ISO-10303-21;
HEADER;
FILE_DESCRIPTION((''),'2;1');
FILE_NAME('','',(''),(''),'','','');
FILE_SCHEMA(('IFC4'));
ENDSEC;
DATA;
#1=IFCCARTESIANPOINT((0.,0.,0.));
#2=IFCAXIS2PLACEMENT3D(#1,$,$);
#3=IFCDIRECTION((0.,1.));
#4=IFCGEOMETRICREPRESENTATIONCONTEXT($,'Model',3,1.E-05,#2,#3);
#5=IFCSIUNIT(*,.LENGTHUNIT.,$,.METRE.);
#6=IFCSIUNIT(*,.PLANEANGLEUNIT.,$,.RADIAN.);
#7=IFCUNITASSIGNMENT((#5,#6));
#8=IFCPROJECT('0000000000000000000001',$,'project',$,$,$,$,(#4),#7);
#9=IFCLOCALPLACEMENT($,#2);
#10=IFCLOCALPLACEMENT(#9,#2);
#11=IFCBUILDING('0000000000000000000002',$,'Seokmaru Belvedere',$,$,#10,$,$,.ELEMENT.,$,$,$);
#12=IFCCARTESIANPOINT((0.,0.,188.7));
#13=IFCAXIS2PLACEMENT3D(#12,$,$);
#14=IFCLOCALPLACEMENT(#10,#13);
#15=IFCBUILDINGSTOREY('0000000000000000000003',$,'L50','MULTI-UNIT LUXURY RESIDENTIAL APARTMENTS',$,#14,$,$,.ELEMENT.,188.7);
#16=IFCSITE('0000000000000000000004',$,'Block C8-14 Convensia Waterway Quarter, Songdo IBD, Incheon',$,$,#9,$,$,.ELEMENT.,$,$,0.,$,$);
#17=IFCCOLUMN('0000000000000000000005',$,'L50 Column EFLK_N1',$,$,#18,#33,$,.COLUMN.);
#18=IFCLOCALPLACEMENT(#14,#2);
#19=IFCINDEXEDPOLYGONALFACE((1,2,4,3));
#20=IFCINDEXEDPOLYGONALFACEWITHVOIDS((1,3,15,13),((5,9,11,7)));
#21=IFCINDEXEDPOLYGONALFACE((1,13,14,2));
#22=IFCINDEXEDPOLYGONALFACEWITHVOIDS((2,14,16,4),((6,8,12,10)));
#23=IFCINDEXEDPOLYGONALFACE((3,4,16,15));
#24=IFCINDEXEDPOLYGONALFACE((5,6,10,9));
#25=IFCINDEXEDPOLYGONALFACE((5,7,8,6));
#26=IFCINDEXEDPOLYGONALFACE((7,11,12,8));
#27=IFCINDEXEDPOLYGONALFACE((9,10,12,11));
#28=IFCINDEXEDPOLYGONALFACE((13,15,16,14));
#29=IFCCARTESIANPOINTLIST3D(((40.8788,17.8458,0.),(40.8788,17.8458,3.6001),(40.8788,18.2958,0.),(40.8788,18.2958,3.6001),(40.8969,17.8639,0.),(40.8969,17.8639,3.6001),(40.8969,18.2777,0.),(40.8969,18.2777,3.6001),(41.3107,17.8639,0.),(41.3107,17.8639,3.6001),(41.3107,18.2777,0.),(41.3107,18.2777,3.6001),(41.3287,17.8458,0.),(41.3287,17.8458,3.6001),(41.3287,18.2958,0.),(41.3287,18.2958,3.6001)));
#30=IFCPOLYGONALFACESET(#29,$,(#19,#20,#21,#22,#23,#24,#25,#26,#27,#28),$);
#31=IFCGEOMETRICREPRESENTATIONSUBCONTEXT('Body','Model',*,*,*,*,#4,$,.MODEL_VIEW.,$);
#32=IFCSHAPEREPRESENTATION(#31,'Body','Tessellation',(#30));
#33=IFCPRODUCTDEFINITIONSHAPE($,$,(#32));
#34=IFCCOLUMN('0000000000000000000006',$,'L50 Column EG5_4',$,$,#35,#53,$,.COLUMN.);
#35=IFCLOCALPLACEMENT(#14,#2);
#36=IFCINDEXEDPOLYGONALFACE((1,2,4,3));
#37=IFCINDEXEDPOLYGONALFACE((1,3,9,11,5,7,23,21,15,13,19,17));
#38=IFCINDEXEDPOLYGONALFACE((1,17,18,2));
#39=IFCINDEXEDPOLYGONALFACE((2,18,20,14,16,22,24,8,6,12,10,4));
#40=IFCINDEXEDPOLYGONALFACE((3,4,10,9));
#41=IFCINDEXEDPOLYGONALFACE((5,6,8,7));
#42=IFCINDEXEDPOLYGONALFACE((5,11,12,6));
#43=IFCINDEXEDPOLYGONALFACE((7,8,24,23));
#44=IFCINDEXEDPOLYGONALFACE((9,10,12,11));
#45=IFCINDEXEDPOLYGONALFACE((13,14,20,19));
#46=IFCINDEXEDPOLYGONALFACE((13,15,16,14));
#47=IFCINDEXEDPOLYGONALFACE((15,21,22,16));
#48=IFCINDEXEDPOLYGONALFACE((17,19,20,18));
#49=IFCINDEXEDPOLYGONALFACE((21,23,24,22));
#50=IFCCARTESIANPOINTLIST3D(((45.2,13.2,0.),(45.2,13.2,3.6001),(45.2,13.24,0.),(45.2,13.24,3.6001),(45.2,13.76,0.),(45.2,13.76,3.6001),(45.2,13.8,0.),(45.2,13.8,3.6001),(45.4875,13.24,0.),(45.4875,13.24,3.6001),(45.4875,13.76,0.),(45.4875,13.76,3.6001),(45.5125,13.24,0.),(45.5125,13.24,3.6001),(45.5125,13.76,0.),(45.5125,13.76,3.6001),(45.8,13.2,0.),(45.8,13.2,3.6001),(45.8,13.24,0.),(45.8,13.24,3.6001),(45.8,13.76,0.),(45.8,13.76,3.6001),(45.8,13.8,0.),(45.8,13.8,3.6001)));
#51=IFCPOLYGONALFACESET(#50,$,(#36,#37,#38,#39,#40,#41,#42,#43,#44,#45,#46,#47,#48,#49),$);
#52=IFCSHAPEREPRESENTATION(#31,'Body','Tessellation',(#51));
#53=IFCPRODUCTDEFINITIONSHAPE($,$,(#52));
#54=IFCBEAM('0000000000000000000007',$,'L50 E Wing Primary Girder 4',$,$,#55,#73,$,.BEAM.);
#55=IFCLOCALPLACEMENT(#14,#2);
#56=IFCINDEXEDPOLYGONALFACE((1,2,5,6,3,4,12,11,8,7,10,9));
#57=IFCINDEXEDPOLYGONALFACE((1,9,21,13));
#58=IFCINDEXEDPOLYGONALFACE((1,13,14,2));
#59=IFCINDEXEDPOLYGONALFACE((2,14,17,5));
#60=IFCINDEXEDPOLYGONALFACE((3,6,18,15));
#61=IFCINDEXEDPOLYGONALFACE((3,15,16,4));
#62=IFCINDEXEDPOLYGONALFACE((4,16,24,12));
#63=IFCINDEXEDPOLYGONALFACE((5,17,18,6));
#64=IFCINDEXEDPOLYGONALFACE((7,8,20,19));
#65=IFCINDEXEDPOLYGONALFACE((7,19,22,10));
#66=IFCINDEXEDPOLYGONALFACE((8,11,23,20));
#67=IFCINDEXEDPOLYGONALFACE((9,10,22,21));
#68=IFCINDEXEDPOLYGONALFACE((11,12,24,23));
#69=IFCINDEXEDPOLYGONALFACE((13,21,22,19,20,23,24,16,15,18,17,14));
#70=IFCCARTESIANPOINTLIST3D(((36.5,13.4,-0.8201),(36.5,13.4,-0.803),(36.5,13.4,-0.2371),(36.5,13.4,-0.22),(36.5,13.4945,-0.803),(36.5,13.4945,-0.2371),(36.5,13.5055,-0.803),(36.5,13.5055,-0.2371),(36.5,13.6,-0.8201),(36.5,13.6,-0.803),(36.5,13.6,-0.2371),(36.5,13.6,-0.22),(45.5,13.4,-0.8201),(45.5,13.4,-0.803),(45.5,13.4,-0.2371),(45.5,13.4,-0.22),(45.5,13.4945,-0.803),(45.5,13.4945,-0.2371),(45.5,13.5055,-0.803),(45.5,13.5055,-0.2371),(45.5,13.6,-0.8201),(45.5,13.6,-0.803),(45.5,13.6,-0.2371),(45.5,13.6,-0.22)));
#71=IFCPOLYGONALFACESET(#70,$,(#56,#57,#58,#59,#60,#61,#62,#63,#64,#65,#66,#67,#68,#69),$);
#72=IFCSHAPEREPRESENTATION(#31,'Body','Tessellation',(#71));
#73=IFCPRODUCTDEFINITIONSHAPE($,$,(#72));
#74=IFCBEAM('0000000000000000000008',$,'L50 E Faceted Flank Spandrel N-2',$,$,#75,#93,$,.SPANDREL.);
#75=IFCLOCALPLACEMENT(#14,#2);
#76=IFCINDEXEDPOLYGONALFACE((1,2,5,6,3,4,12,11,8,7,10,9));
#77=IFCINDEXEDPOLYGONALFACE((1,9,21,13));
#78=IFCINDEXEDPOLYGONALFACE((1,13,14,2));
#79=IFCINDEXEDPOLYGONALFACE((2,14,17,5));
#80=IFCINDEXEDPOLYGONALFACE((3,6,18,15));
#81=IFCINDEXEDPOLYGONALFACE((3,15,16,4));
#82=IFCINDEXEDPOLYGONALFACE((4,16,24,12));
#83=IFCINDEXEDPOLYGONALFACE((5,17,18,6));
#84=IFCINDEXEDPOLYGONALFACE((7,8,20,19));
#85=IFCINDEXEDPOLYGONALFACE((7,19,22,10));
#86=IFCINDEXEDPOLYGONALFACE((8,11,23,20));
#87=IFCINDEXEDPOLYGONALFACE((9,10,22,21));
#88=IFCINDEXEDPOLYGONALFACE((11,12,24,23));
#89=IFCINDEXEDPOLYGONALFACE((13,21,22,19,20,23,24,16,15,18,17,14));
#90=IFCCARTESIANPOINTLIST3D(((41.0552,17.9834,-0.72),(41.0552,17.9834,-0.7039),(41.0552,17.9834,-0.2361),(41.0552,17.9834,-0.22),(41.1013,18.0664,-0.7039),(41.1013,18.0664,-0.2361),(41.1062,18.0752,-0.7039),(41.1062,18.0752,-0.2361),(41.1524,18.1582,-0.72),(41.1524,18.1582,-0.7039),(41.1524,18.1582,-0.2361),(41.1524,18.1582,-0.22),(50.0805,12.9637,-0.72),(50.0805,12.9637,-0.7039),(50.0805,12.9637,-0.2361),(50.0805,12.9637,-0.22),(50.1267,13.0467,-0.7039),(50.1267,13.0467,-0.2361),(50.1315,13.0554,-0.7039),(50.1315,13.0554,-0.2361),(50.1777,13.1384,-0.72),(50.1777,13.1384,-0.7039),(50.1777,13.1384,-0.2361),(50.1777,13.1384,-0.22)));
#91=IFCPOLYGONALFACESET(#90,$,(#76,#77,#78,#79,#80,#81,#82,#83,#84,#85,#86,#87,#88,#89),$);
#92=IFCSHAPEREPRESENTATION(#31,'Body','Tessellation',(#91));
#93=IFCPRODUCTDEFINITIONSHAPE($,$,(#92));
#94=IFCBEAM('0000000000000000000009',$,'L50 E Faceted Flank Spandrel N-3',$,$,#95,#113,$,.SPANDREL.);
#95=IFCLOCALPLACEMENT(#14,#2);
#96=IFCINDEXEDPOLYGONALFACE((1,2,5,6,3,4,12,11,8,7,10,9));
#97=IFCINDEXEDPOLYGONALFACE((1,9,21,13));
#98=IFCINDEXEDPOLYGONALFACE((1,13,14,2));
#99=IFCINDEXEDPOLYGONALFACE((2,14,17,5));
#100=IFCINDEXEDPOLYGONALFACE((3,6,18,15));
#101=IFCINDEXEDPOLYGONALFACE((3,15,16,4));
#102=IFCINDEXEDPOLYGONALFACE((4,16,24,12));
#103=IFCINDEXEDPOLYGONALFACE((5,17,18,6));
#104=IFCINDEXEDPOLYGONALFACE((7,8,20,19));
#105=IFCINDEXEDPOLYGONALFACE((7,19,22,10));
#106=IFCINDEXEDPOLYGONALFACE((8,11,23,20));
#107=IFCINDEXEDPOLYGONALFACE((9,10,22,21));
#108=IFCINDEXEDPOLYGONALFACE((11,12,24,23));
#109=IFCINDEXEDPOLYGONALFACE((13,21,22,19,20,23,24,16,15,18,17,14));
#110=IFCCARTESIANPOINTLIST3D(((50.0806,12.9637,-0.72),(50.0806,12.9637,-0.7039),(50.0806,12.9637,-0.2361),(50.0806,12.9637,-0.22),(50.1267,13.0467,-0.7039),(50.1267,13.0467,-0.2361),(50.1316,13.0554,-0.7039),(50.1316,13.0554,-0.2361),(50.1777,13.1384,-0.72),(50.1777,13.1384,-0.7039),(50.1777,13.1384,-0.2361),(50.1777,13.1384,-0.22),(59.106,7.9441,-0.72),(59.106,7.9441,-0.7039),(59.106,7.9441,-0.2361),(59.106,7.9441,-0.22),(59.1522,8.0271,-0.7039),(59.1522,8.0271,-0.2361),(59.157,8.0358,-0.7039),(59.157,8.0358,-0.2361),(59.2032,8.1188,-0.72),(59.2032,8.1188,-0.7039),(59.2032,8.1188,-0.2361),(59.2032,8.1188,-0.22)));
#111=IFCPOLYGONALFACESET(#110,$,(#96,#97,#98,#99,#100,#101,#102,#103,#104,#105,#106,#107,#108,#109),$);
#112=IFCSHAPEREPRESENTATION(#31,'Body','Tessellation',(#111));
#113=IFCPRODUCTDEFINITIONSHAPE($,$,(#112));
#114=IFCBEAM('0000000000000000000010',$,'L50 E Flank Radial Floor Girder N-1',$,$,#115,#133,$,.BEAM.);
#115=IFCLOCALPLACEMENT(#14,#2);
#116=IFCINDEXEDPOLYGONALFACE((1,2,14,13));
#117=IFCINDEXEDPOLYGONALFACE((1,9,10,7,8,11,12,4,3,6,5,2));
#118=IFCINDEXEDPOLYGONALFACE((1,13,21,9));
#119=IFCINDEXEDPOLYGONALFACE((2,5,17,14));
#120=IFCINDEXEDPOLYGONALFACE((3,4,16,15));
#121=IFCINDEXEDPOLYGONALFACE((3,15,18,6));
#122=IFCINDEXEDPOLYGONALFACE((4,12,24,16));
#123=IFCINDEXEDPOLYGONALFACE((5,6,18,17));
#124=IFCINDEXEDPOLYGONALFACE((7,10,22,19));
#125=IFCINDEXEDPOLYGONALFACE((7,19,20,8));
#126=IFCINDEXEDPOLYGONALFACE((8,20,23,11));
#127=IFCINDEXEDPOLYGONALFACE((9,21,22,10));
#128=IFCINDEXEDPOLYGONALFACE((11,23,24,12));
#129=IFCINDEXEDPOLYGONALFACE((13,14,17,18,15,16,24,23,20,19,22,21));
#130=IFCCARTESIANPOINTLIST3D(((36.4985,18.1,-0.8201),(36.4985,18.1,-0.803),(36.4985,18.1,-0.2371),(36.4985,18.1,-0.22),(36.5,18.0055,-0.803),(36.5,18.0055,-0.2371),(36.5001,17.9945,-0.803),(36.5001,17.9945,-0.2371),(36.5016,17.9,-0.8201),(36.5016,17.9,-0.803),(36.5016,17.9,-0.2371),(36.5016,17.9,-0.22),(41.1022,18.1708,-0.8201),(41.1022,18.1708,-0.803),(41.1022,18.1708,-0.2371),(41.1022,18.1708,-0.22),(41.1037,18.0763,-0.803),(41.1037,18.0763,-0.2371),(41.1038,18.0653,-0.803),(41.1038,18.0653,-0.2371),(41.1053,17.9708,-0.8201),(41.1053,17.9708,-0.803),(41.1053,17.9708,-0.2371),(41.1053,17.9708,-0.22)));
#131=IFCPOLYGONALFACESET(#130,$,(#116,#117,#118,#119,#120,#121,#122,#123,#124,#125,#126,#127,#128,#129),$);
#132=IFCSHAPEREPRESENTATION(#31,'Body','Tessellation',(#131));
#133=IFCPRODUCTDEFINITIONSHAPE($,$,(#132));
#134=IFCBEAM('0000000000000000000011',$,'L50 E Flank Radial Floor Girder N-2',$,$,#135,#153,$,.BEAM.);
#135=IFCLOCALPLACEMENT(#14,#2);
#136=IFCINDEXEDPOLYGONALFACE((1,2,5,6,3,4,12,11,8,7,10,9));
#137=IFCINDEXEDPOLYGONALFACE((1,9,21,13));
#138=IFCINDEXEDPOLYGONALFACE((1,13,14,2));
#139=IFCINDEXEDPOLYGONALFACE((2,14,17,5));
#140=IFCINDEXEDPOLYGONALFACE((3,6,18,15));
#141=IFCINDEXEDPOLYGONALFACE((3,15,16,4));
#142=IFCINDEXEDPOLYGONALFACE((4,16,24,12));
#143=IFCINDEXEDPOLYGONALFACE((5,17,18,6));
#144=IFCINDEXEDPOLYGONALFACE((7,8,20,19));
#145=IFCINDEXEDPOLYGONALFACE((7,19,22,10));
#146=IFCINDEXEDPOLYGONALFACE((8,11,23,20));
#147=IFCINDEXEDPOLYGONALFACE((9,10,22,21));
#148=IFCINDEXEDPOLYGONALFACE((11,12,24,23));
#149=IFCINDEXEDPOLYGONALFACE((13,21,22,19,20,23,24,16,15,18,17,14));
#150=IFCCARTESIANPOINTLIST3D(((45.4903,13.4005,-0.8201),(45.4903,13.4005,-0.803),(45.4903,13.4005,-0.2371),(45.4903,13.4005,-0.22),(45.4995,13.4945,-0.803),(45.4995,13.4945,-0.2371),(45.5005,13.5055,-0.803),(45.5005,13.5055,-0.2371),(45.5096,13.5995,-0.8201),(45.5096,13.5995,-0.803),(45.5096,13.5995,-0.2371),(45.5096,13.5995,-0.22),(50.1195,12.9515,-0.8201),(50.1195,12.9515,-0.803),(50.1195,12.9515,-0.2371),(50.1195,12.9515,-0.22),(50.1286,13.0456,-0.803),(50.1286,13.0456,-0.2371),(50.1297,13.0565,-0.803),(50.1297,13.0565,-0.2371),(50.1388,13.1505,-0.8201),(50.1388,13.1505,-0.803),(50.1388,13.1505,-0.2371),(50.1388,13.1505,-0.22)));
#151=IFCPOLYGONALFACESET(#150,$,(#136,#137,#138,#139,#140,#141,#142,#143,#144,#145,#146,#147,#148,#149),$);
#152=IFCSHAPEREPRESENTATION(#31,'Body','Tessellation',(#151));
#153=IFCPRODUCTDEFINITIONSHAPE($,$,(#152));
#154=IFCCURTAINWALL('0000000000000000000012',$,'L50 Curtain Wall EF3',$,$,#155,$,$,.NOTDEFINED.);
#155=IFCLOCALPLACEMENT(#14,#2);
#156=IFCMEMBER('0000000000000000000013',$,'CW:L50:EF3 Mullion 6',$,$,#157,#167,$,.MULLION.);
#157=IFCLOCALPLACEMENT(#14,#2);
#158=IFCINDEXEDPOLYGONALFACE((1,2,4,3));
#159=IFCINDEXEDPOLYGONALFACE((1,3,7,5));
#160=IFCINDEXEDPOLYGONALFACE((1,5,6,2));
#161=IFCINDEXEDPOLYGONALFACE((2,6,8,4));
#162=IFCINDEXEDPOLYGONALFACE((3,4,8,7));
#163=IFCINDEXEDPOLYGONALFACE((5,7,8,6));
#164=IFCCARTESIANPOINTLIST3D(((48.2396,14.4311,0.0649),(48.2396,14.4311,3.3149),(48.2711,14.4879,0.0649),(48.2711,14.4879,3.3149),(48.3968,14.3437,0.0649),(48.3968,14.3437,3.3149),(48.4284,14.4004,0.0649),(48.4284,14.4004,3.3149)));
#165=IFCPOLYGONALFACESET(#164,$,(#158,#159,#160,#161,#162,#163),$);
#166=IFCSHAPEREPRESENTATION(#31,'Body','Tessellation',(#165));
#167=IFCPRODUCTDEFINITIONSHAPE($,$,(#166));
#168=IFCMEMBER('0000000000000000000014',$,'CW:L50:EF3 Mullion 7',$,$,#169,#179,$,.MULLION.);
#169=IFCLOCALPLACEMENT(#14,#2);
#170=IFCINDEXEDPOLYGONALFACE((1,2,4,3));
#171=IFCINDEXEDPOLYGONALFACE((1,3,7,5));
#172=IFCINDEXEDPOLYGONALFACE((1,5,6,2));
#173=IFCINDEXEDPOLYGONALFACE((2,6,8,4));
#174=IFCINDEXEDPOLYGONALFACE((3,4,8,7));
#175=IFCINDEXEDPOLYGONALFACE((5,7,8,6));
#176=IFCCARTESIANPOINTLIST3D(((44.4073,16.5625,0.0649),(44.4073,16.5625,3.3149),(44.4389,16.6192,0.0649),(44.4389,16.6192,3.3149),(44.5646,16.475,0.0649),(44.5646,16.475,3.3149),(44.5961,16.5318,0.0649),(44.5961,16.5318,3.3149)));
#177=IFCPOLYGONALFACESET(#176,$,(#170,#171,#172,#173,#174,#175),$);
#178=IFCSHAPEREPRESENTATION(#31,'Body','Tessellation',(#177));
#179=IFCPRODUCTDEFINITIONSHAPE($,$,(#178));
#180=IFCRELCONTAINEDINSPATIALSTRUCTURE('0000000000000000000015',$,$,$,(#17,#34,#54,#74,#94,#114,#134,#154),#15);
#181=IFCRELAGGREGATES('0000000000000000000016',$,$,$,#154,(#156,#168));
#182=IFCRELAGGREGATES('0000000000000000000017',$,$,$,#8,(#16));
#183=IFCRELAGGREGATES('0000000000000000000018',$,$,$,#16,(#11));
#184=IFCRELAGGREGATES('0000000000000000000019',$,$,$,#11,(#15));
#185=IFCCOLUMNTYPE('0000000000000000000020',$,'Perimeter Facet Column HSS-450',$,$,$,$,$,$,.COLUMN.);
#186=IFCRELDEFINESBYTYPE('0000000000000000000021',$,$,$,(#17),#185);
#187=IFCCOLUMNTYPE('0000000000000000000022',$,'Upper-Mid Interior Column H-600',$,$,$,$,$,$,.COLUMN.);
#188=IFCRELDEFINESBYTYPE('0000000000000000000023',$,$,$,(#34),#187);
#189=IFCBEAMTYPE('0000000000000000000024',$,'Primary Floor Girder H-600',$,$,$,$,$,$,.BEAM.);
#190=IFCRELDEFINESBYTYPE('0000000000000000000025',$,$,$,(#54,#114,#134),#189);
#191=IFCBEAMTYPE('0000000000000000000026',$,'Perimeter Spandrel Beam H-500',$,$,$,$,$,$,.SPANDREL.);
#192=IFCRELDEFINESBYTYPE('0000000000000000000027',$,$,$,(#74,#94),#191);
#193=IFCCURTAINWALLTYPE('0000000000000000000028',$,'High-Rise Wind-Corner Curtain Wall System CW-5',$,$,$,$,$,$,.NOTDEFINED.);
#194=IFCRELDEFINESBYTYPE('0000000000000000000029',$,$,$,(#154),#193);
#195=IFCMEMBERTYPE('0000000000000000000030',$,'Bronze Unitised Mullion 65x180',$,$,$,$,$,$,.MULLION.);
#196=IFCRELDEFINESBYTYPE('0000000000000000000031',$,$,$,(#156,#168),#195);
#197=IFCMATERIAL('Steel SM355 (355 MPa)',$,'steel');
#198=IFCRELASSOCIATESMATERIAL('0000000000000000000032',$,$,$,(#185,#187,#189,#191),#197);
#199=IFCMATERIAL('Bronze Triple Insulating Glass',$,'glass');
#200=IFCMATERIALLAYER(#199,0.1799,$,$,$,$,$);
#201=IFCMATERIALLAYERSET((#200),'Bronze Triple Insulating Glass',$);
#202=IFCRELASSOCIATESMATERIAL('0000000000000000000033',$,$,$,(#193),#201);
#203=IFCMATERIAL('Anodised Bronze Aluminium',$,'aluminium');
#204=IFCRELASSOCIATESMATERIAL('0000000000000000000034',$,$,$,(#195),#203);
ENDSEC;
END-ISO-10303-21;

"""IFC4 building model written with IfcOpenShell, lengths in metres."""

from ifc_helpers import new_model, si_unit, direction, frame, origin, origin_2d, place, context, subcontext, project, spatial, rectangle, hollow_rectangle, i_section, extrude, source, transform, mapped, material, layer, layer_set, material_profile, profile_set, type_object, type_shapes, element, aggregate, save


model = new_model("IFC4")

# Units and contexts
model_context = context("Model", 3, precision=1e-05, world=origin(), true_north=direction((0.0, 1.0)))
body_context = subcontext(model_context, "Body", "Model", "MODEL_VIEW")
ifc_project = project(units=[si_unit("LENGTHUNIT", "METRE"), si_unit("PLANEANGLEUNIT", "RADIAN")], contexts=[model_context])

# Site, building, storey
site_placement = place(None, origin())
site = spatial("IfcSite", under=ifc_project, at=site_placement, Name="Block C8-14 Convensia Waterway Quarter, Songdo IBD, Incheon", CompositionType="ELEMENT", RefElevation=0.0)
building_placement = place(site_placement, origin())
building = spatial("IfcBuilding", under=site, at=building_placement, Name="Seokmaru Belvedere", CompositionType="ELEMENT")
storey_placement = place(building_placement, frame((0.0, 0.0, 188.7)))
storey = spatial("IfcBuildingStorey", under=building, at=storey_placement, Name="L50", Description="MULTI-UNIT LUXURY RESIDENTIAL APARTMENTS", CompositionType="ELEMENT", Elevation=188.7)

# Columns
ifc_material_1 = material(Name="Steel SM355 (355 MPa)", Category="steel")
ifc_material_profile_1 = material_profile(ifc_material_1, hollow_rectangle(XDim=0.45, YDim=0.45, WallThickness=0.0181, at=origin_2d()), Name="HSS-450x450x18")
ifc_profile_set_1 = profile_set([ifc_material_profile_1], Name="Steel SM355 (355 MPa)")
column_type_1 = type_object("IfcColumnType", Name="Perimeter Facet Column HSS-450", PredefinedType="COLUMN", material=ifc_profile_set_1)
shared_shape_1 = source(origin(), body_context, "Body", "SweptSolid", [
    extrude(hollow_rectangle(XDim=0.45, YDim=0.45, WallThickness=0.0181, at=origin_2d()), origin(), (0.0, 0.0, 1.0), 3.6001),
])
type_shapes(column_type_1, [shared_shape_1])
column_1_placement = place(storey_placement, frame((41.1038, 18.0708, 0.0), z_axis=(0.0, 0.0, 1.0), x_axis=(1.0, 0.0, 0.0)))
element("IfcColumn", 1, at=column_1_placement, inside=storey, type_object=column_type_1, Name="L50 Column EFLK_N1", PredefinedType="COLUMN", context=body_context, shape_type="MappedRepresentation", body=[
    mapped(shared_shape_1, transform((0.0, 0.0, 0.0), scale=1.0)),
])
ifc_material_profile_2 = material_profile(ifc_material_1, i_section(OverallWidth=0.6001, OverallDepth=0.6001, WebThickness=0.0249, FlangeThickness=0.04, at=origin_2d()), Name="H-600x600x25x40")
ifc_profile_set_2 = profile_set([ifc_material_profile_2], Name="Steel SM355 (355 MPa)")
column_type_2 = type_object("IfcColumnType", Name="Upper-Mid Interior Column H-600", PredefinedType="COLUMN", material=ifc_profile_set_2)
shared_shape_2 = source(origin(), body_context, "Body", "SweptSolid", [
    extrude(i_section(OverallWidth=0.6001, OverallDepth=0.6001, WebThickness=0.0249, FlangeThickness=0.04, at=origin_2d()), origin(), (0.0, 0.0, 1.0), 3.6001),
])
type_shapes(column_type_2, [shared_shape_2])
column_2_placement = place(storey_placement, frame((45.5, 13.5, 0.0), z_axis=(0.0, 0.0, 1.0), x_axis=(1.0, 0.0, 0.0)))
element("IfcColumn", 2, at=column_2_placement, inside=storey, type_object=column_type_2, Name="L50 Column EG5_4", PredefinedType="COLUMN", context=body_context, shape_type="MappedRepresentation", body=[
    mapped(shared_shape_2, transform((0.0, 0.0, 0.0), scale=1.0)),
])

# Beams
ifc_material_profile_3 = material_profile(ifc_material_1, i_section(OverallWidth=0.2, OverallDepth=0.6001, WebThickness=0.011, FlangeThickness=0.0171, at=origin_2d()), Name="H-600x200x11x17")
ifc_profile_set_3 = profile_set([ifc_material_profile_3], Name="Steel SM355 (355 MPa)")
beam_type_1 = type_object("IfcBeamType", Name="Primary Floor Girder H-600", PredefinedType="BEAM", material=ifc_profile_set_3)
shared_shape_3 = source(origin(), body_context, "Body", "SweptSolid", [
    extrude(i_section(OverallWidth=0.2, OverallDepth=0.6001, WebThickness=0.011, FlangeThickness=0.0171, at=origin_2d()), origin(), (0.0, 0.0, 1.0), 9.0),
])
beam_1_placement = place(storey_placement, frame((36.5, 13.5, -0.52), z_axis=(1.0, 0.0, 0.0), x_axis=(0.0, 1.0, 0.0)))
element("IfcBeam", 3, at=beam_1_placement, inside=storey, type_object=beam_type_1, Name="L50 E Wing Primary Girder 4", PredefinedType="BEAM", context=body_context, shape_type="MappedRepresentation", body=[
    mapped(shared_shape_3, transform((0.0, 0.0, 0.0), scale=1.0)),
])
ifc_material_profile_4 = material_profile(ifc_material_1, i_section(OverallWidth=0.2, OverallDepth=0.5, WebThickness=0.01, FlangeThickness=0.0161, at=origin_2d()), Name="H-500x200x10x16")
ifc_profile_set_4 = profile_set([ifc_material_profile_4], Name="Steel SM355 (355 MPa)")
beam_type_2 = type_object("IfcBeamType", Name="Perimeter Spandrel Beam H-500", PredefinedType="SPANDREL", material=ifc_profile_set_4)
shared_shape_4 = source(origin(), body_context, "Body", "SweptSolid", [
    extrude(i_section(OverallWidth=0.2, OverallDepth=0.5, WebThickness=0.01, FlangeThickness=0.0161, at=origin_2d()), origin(), (0.0, 0.0, 1.0), 10.3274),
])
type_shapes(beam_type_2, [shared_shape_4])
for number, where, z_axis, x_axis, name in (
    (4, (41.1038, 18.0708, -0.47), (0.873924, -0.486062, 0.0), (0.486062, 0.873924, 0.0), "L50 E Faceted Flank Spandrel N-2"),
    (5, (50.1292, 13.051, -0.47), (0.873934, -0.486044, 0.0), (0.486044, 0.873934, 0.0), "L50 E Faceted Flank Spandrel N-3"),
):
    element("IfcBeam", number, at=place(storey_placement, frame(where, z_axis=z_axis, x_axis=x_axis)), inside=storey, type_object=beam_type_2, Name=name, PredefinedType="SPANDREL", context=body_context, shape_type="MappedRepresentation", body=[
        mapped(shared_shape_4, transform((0.0, 0.0, 0.0), scale=1.0)),
    ])
shared_shape_5 = source(origin(), body_context, "Body", "SweptSolid", [
    extrude(i_section(OverallWidth=0.2, OverallDepth=0.6001, WebThickness=0.011, FlangeThickness=0.0171, at=origin_2d()), origin(), (0.0, 0.0, 1.0), 4.6042),
])
beam_2_placement = place(storey_placement, frame((41.1038, 18.0708, -0.52), z_axis=(-0.999882, -0.015377, 0.0), x_axis=(0.015377, -0.999882, 0.0)))
element("IfcBeam", 6, at=beam_2_placement, inside=storey, type_object=beam_type_1, Name="L50 E Flank Radial Floor Girder N-1", PredefinedType="BEAM", context=body_context, shape_type="MappedRepresentation", body=[
    mapped(shared_shape_5, transform((0.0, 0.0, 0.0), scale=1.0)),
])
shared_shape_6 = source(origin(), body_context, "Body", "SweptSolid", [
    extrude(i_section(OverallWidth=0.2, OverallDepth=0.6001, WebThickness=0.011, FlangeThickness=0.0171, at=origin_2d()), origin(), (0.0, 0.0, 1.0), 4.6509),
])
type_shapes(beam_type_1, [shared_shape_3, shared_shape_5, shared_shape_6])
beam_3_placement = place(storey_placement, frame((50.1292, 13.051, -0.52), z_axis=(-0.99533, 0.096536, 0.0), x_axis=(-0.096536, -0.99533, 0.0)))
element("IfcBeam", 7, at=beam_3_placement, inside=storey, type_object=beam_type_1, Name="L50 E Flank Radial Floor Girder N-2", PredefinedType="BEAM", context=body_context, shape_type="MappedRepresentation", body=[
    mapped(shared_shape_6, transform((0.0, 0.0, 0.0), scale=1.0)),
])

# Curtain wall, members
ifc_material_2 = material(Name="Bronze Triple Insulating Glass", Category="glass")
ifc_layer_1 = layer(ifc_material_2, 0.1799)
ifc_layer_set_1 = layer_set([ifc_layer_1], Name="Bronze Triple Insulating Glass")
curtain_wall_type = type_object("IfcCurtainWallType", Name="High-Rise Wind-Corner Curtain Wall System CW-5", PredefinedType="NOTDEFINED", material=ifc_layer_set_1)
curtain_wall_placement = place(storey_placement, origin())
curtain_wall = element("IfcCurtainWall", 8, at=curtain_wall_placement, inside=storey, type_object=curtain_wall_type, Name="L50 Curtain Wall EF3", PredefinedType="NOTDEFINED")
ifc_material_3 = material(Name="Anodised Bronze Aluminium", Category="aluminium")
ifc_material_profile_5 = material_profile(ifc_material_3, rectangle(XDim=0.0649, YDim=0.1799, at=origin_2d()), Name="CW-M-65x180")
ifc_profile_set_5 = profile_set([ifc_material_profile_5], Name="Anodised Bronze Aluminium")
member_type = type_object("IfcMemberType", Name="Bronze Unitised Mullion 65x180", PredefinedType="MULLION", material=ifc_profile_set_5)
shared_shape_7 = source(origin(), body_context, "Body", "SweptSolid", [
    extrude(rectangle(XDim=0.0649, YDim=0.1799, at=origin_2d()), origin(), (0.0, 0.0, 1.0), 3.25),
])
type_shapes(member_type, [shared_shape_7])
member_1_placement = place(storey_placement, frame((48.334, 14.4158, 0.0649), z_axis=(0.0, 0.0, 1.0), x_axis=(-0.486047, -0.873933, 0.0)))
member_1 = element("IfcMember", 9, at=member_1_placement, type_object=member_type, Name="CW:L50:EF3 Mullion 6", PredefinedType="MULLION", context=body_context, shape_type="MappedRepresentation", body=[
    mapped(shared_shape_7, transform((0.0, 0.0, 0.0), scale=1.0)),
])
member_2_placement = place(storey_placement, frame((44.5017, 16.5471, 0.0649), z_axis=(0.0, 0.0, 1.0), x_axis=(-0.486047, -0.873933, 0.0)))
member_2 = element("IfcMember", 10, at=member_2_placement, type_object=member_type, Name="CW:L50:EF3 Mullion 7", PredefinedType="MULLION", context=body_context, shape_type="MappedRepresentation", body=[
    mapped(shared_shape_7, transform((0.0, 0.0, 0.0), scale=1.0)),
])
aggregate(curtain_wall, [member_1, member_2])

save(model, "model.ifc")
